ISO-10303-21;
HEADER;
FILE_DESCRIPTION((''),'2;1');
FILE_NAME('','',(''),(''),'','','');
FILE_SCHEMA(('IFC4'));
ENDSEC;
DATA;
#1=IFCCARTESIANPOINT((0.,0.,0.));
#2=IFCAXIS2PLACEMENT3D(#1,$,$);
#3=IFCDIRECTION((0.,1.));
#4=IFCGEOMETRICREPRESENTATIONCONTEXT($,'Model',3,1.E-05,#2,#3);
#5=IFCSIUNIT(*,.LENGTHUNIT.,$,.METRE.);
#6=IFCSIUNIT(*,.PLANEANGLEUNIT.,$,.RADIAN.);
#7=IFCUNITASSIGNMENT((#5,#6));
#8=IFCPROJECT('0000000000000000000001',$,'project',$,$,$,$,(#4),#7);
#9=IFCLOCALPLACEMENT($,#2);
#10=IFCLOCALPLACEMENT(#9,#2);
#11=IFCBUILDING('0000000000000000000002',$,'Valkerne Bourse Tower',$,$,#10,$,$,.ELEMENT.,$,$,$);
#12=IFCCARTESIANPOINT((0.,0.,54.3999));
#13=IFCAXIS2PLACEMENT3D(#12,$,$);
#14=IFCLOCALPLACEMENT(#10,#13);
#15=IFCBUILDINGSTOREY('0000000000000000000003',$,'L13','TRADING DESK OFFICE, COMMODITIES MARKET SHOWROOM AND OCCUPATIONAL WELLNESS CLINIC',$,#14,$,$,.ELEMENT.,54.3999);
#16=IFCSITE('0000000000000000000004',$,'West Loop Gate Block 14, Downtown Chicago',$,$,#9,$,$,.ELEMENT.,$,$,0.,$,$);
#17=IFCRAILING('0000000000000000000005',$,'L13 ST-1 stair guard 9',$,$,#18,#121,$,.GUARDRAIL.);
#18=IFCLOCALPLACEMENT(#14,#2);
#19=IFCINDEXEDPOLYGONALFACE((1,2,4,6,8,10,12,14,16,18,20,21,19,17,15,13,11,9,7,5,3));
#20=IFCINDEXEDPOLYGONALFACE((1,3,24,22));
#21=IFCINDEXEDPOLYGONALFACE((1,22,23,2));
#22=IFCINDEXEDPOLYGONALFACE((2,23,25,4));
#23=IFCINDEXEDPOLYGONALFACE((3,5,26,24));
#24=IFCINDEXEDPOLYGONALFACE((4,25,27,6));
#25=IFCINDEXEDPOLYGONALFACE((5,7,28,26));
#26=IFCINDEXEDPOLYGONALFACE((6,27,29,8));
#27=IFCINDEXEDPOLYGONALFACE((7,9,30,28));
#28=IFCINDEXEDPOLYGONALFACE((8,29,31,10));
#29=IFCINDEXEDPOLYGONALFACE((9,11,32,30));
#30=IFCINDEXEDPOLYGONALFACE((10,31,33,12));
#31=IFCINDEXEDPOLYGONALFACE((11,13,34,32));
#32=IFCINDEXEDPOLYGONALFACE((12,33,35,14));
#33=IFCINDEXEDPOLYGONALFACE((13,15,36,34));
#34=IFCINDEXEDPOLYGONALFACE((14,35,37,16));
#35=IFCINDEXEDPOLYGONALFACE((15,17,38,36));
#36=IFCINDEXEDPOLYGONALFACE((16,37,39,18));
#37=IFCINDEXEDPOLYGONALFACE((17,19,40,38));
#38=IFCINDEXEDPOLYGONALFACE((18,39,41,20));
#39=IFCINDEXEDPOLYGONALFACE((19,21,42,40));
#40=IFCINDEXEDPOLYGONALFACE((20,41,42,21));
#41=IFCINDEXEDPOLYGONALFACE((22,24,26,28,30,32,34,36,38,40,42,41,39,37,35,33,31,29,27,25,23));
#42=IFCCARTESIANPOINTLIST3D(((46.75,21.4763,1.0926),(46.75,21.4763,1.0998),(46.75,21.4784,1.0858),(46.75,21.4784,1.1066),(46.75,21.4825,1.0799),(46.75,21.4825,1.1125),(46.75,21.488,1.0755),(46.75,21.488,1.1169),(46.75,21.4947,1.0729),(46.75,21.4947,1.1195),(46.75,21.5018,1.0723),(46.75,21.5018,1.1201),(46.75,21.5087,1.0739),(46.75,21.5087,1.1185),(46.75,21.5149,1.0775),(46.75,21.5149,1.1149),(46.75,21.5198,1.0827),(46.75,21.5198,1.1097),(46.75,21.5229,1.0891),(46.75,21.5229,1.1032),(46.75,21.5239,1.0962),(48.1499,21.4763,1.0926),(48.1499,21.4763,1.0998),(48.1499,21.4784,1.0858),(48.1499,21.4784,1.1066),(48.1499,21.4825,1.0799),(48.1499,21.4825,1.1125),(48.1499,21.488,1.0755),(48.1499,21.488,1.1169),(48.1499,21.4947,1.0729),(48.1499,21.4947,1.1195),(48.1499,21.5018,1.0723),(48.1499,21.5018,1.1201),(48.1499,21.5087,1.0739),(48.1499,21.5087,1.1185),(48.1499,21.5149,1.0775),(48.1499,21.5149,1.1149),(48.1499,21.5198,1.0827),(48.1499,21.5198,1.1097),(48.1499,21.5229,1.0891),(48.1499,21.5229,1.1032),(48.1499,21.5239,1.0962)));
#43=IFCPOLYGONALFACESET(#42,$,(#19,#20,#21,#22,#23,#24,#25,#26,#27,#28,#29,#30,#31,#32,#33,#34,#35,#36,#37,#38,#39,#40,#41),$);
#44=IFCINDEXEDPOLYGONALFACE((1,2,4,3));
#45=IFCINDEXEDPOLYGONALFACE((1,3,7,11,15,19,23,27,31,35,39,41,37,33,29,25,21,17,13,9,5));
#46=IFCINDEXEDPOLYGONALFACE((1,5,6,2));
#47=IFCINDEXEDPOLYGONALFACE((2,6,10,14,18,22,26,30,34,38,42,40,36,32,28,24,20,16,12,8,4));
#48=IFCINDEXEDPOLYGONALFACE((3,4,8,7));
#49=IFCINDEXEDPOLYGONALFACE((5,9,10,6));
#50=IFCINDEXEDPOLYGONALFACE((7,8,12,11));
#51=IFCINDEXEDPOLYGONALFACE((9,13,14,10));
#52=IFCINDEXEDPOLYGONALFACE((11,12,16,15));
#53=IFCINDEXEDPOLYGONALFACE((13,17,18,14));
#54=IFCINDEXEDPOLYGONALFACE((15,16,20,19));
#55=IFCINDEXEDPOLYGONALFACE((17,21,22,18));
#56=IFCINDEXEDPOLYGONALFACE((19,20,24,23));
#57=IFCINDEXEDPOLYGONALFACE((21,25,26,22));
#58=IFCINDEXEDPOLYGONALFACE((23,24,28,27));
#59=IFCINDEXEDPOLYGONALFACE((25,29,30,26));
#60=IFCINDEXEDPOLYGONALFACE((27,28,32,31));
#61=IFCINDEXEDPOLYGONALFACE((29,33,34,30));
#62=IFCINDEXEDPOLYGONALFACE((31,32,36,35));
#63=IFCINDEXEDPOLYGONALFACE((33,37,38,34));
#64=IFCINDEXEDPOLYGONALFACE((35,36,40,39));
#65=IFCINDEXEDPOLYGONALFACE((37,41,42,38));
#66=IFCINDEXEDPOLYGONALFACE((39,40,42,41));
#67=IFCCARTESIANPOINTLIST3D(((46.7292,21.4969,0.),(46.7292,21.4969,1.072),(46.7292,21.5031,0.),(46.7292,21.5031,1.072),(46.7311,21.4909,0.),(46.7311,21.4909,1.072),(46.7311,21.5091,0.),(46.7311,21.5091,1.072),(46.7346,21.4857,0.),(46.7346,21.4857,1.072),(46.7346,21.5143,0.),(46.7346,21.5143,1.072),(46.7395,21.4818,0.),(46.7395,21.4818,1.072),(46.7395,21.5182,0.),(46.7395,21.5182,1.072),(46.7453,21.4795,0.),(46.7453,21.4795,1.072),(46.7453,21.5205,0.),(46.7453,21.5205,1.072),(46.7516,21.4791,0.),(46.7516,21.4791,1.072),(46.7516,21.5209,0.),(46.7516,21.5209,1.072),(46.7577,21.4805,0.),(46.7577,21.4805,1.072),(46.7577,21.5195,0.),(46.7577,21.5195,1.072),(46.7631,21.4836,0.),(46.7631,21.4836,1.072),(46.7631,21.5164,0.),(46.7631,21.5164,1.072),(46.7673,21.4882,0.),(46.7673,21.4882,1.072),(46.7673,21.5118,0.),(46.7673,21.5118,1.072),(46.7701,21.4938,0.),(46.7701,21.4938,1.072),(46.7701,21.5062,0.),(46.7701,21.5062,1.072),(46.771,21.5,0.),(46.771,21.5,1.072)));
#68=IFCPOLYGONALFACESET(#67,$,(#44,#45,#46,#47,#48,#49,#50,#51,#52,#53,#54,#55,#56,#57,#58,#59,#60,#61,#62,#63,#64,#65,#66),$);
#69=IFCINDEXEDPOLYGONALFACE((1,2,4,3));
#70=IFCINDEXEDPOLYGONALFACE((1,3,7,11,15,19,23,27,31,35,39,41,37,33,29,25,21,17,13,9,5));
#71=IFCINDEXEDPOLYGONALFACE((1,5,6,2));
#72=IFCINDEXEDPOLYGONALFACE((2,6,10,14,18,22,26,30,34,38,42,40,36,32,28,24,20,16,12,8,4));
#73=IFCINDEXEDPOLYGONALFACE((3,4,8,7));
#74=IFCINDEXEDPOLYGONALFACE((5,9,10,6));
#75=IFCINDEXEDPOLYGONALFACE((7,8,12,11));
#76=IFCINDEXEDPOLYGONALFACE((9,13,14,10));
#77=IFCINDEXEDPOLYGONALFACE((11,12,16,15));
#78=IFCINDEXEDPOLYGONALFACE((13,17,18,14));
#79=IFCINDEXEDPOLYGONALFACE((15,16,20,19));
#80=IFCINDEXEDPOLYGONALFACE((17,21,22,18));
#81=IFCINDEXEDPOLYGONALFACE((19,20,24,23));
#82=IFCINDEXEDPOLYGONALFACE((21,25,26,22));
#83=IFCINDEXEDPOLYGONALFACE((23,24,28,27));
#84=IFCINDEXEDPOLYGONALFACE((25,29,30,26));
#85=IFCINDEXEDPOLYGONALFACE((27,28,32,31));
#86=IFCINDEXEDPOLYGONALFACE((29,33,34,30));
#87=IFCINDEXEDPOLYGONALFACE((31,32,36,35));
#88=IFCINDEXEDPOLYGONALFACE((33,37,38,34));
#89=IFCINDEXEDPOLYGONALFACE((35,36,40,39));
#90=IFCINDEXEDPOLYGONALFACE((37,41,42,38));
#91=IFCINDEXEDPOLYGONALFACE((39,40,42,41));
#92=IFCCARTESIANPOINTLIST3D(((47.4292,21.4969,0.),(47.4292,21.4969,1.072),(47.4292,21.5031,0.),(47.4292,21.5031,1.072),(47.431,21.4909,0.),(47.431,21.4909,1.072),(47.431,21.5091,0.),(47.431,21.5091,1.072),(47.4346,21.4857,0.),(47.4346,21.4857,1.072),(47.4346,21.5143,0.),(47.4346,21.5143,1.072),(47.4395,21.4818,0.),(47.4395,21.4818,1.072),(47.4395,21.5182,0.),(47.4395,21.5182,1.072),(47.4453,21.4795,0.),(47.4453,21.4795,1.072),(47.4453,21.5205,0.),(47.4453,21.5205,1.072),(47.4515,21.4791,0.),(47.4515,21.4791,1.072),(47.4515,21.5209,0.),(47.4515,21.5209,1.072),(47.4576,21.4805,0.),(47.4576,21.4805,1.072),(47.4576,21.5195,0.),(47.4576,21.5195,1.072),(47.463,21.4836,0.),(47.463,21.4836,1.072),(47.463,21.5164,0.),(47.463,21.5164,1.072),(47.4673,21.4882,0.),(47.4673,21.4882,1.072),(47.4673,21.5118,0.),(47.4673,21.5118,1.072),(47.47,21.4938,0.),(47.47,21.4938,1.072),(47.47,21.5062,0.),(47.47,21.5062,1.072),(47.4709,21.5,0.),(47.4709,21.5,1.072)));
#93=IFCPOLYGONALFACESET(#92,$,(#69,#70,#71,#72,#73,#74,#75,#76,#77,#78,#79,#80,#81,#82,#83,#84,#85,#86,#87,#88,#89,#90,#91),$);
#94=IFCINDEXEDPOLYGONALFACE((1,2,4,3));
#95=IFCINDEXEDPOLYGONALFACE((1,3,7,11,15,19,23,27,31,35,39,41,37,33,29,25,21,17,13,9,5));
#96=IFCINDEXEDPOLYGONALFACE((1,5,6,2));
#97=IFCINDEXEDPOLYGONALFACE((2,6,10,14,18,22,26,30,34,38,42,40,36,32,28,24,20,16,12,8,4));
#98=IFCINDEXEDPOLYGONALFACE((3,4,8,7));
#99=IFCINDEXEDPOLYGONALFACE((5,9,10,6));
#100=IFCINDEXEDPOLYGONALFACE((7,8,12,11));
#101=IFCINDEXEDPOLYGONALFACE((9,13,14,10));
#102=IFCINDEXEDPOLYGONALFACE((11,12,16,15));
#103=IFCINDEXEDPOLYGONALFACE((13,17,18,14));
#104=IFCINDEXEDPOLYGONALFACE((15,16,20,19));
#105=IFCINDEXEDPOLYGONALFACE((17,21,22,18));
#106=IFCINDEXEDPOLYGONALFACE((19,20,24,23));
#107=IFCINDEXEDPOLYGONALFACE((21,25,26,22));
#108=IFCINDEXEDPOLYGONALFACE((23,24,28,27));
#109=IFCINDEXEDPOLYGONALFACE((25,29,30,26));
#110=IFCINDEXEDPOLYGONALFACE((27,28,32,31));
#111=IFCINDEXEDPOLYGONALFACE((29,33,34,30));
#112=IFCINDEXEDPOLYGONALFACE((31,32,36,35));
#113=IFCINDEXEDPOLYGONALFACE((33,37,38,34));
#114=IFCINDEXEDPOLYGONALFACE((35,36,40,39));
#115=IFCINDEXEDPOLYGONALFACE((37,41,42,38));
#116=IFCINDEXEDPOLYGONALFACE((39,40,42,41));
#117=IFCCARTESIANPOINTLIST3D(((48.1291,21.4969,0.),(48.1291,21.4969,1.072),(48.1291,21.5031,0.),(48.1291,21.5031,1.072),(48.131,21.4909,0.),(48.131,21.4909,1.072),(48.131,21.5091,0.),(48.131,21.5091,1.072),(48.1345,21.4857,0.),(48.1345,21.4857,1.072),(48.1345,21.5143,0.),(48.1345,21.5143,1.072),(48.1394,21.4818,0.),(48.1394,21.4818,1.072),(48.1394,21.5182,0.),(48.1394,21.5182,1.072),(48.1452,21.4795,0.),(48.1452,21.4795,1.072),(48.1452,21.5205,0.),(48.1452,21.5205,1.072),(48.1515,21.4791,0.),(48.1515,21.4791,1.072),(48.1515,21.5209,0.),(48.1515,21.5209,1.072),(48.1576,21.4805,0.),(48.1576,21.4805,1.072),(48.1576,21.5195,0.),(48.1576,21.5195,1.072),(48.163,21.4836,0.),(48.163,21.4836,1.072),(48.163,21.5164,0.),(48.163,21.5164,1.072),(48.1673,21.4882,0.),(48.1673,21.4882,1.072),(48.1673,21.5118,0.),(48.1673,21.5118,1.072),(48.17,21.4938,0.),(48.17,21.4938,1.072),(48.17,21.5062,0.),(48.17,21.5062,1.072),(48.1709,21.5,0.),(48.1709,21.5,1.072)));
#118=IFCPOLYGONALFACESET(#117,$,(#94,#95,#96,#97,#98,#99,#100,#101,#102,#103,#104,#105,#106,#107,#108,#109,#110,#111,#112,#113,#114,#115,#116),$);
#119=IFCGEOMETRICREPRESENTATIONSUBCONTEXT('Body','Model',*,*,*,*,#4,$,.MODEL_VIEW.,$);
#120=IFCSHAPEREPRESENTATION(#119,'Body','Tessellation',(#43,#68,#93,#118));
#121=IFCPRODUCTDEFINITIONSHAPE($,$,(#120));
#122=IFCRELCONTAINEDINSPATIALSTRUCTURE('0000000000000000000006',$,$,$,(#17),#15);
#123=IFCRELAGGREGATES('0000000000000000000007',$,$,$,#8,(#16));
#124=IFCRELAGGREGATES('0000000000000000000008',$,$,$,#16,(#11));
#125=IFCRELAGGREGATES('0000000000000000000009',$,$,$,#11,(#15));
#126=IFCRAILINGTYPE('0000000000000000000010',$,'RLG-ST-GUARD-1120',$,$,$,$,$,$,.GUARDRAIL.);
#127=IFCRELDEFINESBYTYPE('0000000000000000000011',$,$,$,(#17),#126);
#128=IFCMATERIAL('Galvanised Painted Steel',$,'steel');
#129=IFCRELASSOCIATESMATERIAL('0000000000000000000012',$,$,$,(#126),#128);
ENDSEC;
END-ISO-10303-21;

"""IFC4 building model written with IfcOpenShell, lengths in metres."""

from ifc_helpers import new_model, si_unit, direction, frame, origin, origin_2d, place, context, subcontext, project, spatial, circle, extrude, material, type_object, element, save


model = new_model("IFC4")

# Units and contexts
model_context = context("Model", 3, precision=1e-05, world=origin(), true_north=direction((0.0, 1.0)))
body_context = subcontext(model_context, "Body", "Model", "MODEL_VIEW")
ifc_project = project(units=[si_unit("LENGTHUNIT", "METRE"), si_unit("PLANEANGLEUNIT", "RADIAN")], contexts=[model_context])

# Site, building, storey
site_placement = place(None, origin())
site = spatial("IfcSite", under=ifc_project, at=site_placement, Name="West Loop Gate Block 14, Downtown Chicago", CompositionType="ELEMENT", RefElevation=0.0)
building_placement = place(site_placement, origin())
building = spatial("IfcBuilding", under=site, at=building_placement, Name="Valkerne Bourse Tower", CompositionType="ELEMENT")
storey_placement = place(building_placement, frame((0.0, 0.0, 54.3999)))
storey = spatial("IfcBuildingStorey", under=building, at=storey_placement, Name="L13", Description="TRADING DESK OFFICE, COMMODITIES MARKET SHOWROOM AND OCCUPATIONAL WELLNESS CLINIC", CompositionType="ELEMENT", Elevation=54.3999)

# Shared definitions
ifc_material_1 = material(Name="Galvanised Painted Steel", Category="steel")

# Railing
railing_type = type_object("IfcRailingType", Name="RLG-ST-GUARD-1120", PredefinedType="GUARDRAIL", material=ifc_material_1)
for number, where, name in (
    (1, (46.75, 21.5, 0.0), "L13 ST-1 stair guard 9"),
):
    element("IfcRailing", number, at=place(storey_placement, frame(where)), inside=storey, type_object=railing_type, Name=name, PredefinedType="GUARDRAIL", context=body_context, shape_type="SweptSolid", body=[
        extrude(circle(Radius=0.0239, at=origin_2d()), frame((0.0, 0.0, 1.0962), z_axis=(1.0, 0.0, 0.0), x_axis=(0.0, 1.0, 0.0)), (0.0, 0.0, 1.0), 1.3999),
        extrude(circle(Radius=0.021, at=origin_2d()), origin(), (0.0, 0.0, 1.0), 1.072),
        extrude(circle(Radius=0.021, at=origin_2d()), frame((0.7, 0.0, 0.0)), (0.0, 0.0, 1.0), 1.072),
        extrude(circle(Radius=0.021, at=origin_2d()), frame((1.3999, 0.0, 0.0)), (0.0, 0.0, 1.0), 1.072),
    ])

save(model, "model.ifc")
